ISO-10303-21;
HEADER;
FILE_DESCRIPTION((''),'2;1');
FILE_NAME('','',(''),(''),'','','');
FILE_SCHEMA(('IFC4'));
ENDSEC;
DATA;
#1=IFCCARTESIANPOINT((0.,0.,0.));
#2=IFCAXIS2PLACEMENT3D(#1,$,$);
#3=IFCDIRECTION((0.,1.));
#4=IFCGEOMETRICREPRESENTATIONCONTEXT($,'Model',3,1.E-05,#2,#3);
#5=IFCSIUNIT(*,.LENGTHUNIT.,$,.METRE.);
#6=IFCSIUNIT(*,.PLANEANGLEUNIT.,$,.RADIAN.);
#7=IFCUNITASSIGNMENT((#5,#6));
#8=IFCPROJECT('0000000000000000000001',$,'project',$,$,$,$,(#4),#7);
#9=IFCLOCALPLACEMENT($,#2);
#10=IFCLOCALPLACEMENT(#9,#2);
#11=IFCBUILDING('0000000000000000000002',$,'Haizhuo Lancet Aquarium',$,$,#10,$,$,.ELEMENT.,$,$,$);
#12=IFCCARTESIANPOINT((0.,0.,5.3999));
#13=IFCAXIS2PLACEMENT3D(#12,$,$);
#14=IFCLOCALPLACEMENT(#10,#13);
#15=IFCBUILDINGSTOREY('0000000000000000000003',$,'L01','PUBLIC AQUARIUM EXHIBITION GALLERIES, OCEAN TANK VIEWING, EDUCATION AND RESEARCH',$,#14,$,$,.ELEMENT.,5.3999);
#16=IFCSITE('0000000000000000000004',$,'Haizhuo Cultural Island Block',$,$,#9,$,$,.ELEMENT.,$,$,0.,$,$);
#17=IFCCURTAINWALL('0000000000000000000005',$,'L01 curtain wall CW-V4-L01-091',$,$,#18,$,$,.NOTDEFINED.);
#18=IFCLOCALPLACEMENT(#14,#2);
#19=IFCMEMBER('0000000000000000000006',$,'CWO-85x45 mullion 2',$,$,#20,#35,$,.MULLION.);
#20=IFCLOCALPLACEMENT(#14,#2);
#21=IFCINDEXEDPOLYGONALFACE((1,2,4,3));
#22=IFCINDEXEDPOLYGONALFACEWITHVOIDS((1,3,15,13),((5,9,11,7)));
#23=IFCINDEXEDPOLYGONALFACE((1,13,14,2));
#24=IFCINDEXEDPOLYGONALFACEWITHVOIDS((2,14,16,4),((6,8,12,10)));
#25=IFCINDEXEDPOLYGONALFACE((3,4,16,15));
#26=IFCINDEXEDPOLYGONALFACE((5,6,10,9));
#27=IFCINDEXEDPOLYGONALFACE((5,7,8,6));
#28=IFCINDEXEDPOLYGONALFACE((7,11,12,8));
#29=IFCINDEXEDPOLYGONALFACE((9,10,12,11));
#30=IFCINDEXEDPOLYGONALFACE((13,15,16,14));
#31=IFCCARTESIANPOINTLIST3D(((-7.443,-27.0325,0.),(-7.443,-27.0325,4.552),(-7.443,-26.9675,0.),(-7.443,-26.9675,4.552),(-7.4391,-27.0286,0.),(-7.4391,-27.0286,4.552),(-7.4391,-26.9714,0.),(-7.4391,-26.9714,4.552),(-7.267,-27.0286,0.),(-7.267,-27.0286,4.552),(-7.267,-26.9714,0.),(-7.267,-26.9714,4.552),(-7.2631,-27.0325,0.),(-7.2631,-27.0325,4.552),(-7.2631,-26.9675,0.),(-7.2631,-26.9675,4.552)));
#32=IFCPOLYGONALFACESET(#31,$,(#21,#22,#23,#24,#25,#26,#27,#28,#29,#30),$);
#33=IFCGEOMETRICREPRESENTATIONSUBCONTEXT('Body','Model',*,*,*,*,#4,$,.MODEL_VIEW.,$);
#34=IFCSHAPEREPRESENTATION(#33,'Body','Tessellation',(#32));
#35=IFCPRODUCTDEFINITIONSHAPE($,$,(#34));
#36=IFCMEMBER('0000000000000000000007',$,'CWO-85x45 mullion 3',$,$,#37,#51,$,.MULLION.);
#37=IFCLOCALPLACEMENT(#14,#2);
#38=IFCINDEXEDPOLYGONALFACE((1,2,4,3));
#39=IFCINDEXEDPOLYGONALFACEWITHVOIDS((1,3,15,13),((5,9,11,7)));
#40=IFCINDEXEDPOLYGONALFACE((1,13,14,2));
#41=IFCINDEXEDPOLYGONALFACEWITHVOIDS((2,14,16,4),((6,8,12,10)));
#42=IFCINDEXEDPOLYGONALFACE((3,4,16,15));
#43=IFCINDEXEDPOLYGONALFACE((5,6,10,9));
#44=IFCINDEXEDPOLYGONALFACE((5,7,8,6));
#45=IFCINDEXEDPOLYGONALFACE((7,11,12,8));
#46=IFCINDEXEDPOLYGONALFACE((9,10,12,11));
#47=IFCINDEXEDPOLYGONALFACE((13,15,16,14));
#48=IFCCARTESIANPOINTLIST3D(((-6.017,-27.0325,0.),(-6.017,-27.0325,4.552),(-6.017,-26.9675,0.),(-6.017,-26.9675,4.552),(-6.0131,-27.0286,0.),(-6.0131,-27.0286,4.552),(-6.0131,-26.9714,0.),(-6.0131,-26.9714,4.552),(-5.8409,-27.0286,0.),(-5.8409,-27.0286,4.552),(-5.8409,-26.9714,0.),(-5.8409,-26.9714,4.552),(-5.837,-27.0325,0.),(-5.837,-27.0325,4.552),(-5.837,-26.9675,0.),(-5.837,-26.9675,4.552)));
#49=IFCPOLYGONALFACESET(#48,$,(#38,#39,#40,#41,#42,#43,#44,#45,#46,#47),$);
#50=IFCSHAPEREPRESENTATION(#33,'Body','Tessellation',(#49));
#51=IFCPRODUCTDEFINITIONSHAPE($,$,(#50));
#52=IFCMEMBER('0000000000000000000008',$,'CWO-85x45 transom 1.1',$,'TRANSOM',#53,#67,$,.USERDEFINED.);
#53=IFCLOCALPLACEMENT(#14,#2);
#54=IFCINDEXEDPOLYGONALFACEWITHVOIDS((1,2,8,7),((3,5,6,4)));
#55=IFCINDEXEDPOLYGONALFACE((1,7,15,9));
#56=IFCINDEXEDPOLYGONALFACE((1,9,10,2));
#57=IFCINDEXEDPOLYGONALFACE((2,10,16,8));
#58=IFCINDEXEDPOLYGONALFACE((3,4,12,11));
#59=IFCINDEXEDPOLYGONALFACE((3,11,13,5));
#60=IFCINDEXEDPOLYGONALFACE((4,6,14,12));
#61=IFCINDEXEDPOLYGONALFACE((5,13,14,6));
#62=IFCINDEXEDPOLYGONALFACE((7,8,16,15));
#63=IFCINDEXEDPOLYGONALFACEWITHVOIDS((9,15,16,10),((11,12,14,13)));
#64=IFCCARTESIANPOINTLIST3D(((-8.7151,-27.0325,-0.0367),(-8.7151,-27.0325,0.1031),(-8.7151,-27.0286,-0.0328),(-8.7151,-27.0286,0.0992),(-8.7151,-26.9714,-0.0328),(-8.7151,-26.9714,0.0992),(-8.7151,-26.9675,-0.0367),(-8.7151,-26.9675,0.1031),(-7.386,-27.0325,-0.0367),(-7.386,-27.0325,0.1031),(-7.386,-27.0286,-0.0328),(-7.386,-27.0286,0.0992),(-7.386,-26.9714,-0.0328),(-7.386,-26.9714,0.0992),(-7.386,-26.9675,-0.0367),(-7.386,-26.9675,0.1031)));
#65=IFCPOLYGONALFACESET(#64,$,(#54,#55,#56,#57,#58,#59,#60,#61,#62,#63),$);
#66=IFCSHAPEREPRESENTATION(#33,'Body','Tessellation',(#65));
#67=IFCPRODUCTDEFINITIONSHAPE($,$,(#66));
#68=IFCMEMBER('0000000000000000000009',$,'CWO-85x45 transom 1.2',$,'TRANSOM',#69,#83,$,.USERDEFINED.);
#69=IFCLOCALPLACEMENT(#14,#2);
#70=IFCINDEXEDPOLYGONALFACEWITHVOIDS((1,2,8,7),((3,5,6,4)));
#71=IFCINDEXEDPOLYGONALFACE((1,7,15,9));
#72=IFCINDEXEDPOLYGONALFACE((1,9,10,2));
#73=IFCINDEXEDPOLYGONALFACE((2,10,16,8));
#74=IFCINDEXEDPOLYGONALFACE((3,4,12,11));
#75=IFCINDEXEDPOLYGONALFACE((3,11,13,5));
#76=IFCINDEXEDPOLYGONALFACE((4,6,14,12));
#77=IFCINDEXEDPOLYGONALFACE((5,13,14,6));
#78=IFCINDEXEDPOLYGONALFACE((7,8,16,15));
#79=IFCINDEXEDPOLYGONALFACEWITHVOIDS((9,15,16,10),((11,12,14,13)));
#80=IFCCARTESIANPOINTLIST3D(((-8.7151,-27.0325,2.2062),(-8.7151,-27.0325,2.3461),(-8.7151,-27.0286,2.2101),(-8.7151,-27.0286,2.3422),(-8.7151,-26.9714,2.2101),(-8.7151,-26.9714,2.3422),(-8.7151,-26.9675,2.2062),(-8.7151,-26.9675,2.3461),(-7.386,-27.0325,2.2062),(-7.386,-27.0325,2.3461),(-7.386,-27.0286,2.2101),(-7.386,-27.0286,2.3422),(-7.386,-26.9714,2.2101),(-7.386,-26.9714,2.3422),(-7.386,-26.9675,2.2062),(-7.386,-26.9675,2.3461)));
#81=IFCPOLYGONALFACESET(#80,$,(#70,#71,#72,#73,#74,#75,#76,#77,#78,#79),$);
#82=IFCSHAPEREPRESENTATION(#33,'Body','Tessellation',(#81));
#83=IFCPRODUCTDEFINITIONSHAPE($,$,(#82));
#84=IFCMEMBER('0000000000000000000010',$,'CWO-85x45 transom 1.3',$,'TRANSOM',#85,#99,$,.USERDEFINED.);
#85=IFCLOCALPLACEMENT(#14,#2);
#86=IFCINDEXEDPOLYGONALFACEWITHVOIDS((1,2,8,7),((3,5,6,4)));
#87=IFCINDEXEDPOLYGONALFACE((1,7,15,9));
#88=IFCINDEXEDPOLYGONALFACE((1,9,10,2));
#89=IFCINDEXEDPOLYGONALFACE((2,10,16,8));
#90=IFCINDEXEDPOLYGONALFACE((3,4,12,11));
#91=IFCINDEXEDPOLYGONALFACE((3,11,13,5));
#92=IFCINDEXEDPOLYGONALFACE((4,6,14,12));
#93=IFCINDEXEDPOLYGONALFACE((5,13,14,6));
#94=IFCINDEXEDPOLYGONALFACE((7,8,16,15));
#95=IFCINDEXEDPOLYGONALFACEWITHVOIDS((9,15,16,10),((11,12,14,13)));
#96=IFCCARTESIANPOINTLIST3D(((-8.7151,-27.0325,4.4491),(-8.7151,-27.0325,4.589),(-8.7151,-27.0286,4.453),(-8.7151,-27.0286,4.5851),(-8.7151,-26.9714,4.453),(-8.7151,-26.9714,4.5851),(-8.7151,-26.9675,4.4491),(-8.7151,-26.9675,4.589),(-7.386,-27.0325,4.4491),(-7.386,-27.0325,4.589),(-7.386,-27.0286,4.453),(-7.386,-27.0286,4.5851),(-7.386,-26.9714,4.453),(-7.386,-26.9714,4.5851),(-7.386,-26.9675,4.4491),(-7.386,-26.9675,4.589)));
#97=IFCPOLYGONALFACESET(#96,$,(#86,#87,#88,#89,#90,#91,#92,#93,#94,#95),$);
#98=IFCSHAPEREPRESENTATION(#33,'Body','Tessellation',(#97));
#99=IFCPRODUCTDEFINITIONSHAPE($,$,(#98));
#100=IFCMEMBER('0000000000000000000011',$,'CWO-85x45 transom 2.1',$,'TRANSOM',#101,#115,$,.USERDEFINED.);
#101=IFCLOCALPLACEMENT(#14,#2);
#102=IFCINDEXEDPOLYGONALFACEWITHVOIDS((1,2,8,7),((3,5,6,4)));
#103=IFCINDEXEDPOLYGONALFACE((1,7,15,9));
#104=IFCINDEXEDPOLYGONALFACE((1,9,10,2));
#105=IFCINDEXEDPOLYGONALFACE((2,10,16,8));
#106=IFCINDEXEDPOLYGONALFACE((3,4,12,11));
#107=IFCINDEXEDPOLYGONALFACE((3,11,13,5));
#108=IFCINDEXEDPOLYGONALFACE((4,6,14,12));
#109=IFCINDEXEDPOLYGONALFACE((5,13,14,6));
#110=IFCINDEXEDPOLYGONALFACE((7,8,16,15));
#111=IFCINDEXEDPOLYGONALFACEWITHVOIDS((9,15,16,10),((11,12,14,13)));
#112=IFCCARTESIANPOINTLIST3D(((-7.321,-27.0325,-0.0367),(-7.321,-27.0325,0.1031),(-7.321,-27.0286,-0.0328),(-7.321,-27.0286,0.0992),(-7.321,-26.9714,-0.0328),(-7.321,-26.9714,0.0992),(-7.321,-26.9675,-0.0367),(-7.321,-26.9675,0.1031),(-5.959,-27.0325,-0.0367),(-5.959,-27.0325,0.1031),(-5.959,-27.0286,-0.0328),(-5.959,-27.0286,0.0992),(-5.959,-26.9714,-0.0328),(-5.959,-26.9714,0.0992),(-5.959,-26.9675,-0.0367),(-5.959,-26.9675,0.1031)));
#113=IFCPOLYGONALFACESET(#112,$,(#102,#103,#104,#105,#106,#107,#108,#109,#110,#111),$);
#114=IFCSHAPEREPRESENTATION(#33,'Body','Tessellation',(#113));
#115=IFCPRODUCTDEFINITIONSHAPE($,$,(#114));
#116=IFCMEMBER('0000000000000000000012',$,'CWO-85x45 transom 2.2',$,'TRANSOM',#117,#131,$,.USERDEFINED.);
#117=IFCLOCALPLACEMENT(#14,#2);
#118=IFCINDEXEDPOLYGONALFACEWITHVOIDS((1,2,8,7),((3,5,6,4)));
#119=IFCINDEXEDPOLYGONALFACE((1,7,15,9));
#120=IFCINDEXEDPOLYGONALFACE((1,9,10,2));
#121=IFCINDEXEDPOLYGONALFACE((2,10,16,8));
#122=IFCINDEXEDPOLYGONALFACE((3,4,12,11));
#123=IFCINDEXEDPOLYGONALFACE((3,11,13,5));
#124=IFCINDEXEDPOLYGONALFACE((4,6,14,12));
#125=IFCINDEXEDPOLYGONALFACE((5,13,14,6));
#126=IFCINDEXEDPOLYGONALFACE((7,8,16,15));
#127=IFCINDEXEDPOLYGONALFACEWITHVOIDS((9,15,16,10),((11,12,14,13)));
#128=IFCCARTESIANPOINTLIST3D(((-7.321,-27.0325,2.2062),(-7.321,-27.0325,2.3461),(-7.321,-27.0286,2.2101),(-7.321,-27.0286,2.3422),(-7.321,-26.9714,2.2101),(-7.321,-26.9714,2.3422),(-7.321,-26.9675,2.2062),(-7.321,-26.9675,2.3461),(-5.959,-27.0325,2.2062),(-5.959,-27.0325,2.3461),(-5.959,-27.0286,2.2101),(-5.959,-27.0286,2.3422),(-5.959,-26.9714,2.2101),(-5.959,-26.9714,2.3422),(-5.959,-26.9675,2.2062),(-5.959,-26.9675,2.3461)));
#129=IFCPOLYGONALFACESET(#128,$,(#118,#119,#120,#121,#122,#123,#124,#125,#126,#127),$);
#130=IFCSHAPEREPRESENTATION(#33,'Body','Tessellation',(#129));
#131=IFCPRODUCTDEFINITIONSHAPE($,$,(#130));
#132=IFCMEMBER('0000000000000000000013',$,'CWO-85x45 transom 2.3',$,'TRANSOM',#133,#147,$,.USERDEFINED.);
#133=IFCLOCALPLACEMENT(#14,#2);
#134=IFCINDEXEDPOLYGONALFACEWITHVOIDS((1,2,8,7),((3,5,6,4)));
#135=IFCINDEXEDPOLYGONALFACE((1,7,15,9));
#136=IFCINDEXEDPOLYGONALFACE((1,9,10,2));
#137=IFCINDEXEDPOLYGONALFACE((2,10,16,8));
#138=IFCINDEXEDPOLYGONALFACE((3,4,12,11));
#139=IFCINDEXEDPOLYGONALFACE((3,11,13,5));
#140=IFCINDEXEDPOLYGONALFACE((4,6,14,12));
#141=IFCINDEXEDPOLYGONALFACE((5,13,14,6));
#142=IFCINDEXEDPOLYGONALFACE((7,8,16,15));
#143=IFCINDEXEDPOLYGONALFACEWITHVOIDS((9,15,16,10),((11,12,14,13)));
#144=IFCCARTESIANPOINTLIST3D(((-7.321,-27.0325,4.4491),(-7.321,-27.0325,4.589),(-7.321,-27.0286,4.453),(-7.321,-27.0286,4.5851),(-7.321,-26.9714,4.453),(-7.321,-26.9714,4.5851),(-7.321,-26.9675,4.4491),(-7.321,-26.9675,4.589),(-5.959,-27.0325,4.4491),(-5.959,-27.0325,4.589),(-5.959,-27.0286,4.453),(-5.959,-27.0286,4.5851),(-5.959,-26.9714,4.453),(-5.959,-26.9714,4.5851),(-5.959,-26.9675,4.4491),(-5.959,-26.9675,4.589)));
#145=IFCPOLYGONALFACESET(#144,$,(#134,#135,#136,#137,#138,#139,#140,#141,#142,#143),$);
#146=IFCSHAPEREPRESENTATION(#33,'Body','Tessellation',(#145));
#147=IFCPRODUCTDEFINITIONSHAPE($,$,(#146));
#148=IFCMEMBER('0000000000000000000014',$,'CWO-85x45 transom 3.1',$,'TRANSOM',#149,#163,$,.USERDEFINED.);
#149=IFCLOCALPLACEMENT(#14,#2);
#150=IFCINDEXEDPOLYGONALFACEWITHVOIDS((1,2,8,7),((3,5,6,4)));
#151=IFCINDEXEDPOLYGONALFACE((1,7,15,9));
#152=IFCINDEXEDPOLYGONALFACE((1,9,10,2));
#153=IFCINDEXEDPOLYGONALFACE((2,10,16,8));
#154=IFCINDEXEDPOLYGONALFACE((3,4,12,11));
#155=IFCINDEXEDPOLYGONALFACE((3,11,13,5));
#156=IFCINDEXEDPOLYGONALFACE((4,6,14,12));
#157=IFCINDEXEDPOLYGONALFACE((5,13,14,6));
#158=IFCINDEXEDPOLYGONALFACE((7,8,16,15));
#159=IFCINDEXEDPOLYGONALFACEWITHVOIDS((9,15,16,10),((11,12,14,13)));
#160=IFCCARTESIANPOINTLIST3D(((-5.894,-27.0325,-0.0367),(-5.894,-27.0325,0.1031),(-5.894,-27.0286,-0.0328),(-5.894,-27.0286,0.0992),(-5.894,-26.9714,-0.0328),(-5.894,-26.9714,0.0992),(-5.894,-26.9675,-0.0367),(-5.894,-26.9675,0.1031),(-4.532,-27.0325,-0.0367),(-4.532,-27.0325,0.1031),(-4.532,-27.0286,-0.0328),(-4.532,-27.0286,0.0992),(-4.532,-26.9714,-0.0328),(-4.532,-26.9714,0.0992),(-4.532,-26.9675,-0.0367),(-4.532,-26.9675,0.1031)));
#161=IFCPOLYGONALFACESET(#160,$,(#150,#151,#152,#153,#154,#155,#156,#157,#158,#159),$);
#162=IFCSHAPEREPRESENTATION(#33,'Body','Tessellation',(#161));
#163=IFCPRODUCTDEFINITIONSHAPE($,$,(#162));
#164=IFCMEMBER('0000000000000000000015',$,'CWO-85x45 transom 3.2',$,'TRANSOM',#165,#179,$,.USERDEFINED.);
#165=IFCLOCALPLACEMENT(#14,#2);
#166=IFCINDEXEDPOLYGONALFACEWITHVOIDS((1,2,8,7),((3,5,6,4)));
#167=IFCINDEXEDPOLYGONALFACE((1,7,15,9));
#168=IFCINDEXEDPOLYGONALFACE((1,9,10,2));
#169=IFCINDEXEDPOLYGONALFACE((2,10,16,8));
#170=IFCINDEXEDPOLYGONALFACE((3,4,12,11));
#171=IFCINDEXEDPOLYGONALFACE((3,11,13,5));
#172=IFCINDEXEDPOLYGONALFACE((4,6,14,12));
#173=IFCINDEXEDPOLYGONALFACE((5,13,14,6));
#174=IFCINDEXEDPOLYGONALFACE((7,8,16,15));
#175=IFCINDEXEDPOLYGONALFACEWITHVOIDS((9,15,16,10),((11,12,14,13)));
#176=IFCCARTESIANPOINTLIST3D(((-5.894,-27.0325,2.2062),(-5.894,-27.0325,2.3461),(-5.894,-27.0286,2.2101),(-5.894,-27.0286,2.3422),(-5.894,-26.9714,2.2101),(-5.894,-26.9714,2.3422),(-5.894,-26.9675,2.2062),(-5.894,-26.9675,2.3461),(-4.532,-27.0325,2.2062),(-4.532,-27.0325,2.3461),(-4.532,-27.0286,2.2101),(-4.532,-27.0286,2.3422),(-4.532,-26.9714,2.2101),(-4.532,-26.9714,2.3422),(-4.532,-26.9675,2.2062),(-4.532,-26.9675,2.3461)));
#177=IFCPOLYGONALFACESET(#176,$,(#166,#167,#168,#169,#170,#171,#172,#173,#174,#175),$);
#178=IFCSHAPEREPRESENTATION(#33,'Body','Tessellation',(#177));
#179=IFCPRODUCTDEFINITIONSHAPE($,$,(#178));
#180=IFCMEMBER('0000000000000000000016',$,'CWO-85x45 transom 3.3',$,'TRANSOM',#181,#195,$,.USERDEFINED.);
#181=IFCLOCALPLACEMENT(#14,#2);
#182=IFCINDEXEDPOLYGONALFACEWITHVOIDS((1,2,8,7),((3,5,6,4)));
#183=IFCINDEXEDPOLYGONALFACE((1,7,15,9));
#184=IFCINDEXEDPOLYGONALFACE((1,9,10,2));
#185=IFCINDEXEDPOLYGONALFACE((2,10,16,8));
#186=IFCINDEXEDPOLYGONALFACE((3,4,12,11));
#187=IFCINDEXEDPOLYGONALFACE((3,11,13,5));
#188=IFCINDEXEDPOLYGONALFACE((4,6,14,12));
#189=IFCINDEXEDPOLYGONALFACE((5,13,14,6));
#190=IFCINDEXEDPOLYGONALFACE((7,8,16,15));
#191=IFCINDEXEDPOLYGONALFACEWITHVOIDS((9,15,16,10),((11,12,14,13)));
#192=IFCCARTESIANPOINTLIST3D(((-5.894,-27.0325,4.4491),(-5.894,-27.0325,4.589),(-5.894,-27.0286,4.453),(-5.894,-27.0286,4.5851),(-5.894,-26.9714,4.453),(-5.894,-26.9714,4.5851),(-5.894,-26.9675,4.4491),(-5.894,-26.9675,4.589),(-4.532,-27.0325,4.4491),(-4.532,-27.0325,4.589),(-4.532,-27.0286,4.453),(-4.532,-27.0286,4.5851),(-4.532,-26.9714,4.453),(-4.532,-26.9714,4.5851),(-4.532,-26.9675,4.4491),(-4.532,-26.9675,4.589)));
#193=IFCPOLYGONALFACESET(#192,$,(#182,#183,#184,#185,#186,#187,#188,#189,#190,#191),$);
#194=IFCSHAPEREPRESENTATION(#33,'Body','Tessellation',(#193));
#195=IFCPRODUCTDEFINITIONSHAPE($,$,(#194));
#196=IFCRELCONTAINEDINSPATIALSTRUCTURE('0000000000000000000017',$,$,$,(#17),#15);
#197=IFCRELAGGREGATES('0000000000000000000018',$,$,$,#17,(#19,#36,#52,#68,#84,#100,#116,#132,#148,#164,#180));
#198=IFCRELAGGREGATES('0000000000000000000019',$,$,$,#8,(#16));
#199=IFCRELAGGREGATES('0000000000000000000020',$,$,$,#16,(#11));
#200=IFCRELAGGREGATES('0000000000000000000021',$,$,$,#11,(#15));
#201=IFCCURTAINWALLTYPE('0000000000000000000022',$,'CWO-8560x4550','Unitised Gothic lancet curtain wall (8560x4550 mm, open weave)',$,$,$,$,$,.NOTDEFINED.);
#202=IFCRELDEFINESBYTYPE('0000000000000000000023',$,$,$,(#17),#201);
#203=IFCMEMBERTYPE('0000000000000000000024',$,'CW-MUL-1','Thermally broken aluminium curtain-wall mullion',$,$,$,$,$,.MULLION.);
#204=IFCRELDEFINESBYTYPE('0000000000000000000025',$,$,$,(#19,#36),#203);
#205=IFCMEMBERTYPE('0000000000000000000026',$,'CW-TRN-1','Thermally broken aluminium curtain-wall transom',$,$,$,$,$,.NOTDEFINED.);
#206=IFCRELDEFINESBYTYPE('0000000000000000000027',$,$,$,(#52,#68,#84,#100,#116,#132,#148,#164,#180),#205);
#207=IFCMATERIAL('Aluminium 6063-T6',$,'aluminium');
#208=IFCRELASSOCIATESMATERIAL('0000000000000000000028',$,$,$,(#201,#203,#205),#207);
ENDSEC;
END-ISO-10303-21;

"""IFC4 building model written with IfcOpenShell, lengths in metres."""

from ifc_helpers import new_model, si_unit, direction, frame, origin, origin_2d, place, context, subcontext, project, spatial, hollow_rectangle, extrude, material, material_profile, profile_set, type_object, element, aggregate, save


model = new_model("IFC4")

# Units and contexts
model_context = context("Model", 3, precision=1e-05, world=origin(), true_north=direction((0.0, 1.0)))
body_context = subcontext(model_context, "Body", "Model", "MODEL_VIEW")
ifc_project = project(units=[si_unit("LENGTHUNIT", "METRE"), si_unit("PLANEANGLEUNIT", "RADIAN")], contexts=[model_context])

# Site, building, storey
site_placement = place(None, origin())
site = spatial("IfcSite", under=ifc_project, at=site_placement, Name="Haizhuo Cultural Island Block", CompositionType="ELEMENT", RefElevation=0.0)
building_placement = place(site_placement, origin())
building = spatial("IfcBuilding", under=site, at=building_placement, Name="Haizhuo Lancet Aquarium", CompositionType="ELEMENT")
storey_placement = place(building_placement, frame((0.0, 0.0, 5.3999)))
storey = spatial("IfcBuildingStorey", under=building, at=storey_placement, Name="L01", Description="PUBLIC AQUARIUM EXHIBITION GALLERIES, OCEAN TANK VIEWING, EDUCATION AND RESEARCH", CompositionType="ELEMENT", Elevation=5.3999)

# Curtain wall, members
ifc_material_1 = material(Name="Aluminium 6063-T6", Category="aluminium")
curtain_wall_type = type_object("IfcCurtainWallType", Name="CWO-8560x4550", Description="Unitised Gothic lancet curtain wall (8560x4550 mm, open weave)", PredefinedType="NOTDEFINED", material=ifc_material_1)
curtain_wall_placement = place(storey_placement, origin())
curtain_wall = element("IfcCurtainWall", 1, at=curtain_wall_placement, inside=storey, type_object=curtain_wall_type, Name="L01 curtain wall CW-V4-L01-091", PredefinedType="NOTDEFINED")
ifc_material_profile_1 = material_profile(ifc_material_1, hollow_rectangle(XDim=0.0649, YDim=0.1799, WallThickness=0.0039, at=origin_2d()), Name="ALU-M 65x180x4")
ifc_profile_set_1 = profile_set([ifc_material_profile_1], Name="Aluminium 6063-T6")
member_type_1 = type_object("IfcMemberType", Name="CW-MUL-1", Description="Thermally broken aluminium curtain-wall mullion", PredefinedType="MULLION", material=ifc_profile_set_1)
member_1_placement = place(storey_placement, frame((-7.353, -27.0, 0.0), z_axis=(0.0, 0.0, 1.0), x_axis=(0.0, 1.0, 0.0)))
member_1 = element("IfcMember", 2, at=member_1_placement, type_object=member_type_1, Name="CWO-85x45 mullion 2", PredefinedType="MULLION", context=body_context, shape_type="SweptSolid", body=[
    extrude(hollow_rectangle(XDim=0.0649, YDim=0.1799, WallThickness=0.0039, at=origin_2d()), origin(), (0.0, 0.0, 1.0), 4.552),
])
member_2_placement = place(storey_placement, frame((-5.927, -27.0, 0.0), z_axis=(0.0, 0.0, 1.0), x_axis=(0.0, 1.0, 0.0)))
member_2 = element("IfcMember", 3, at=member_2_placement, type_object=member_type_1, Name="CWO-85x45 mullion 3", PredefinedType="MULLION", context=body_context, shape_type="SweptSolid", body=[
    extrude(hollow_rectangle(XDim=0.0649, YDim=0.1799, WallThickness=0.0039, at=origin_2d()), origin(), (0.0, 0.0, 1.0), 4.552),
])
ifc_material_profile_2 = material_profile(ifc_material_1, hollow_rectangle(XDim=0.0649, YDim=0.1399, WallThickness=0.0039, at=origin_2d()), Name="ALU-T 65x140x4")
ifc_profile_set_2 = profile_set([ifc_material_profile_2], Name="Aluminium 6063-T6")
member_type_2 = type_object("IfcMemberType", Name="CW-TRN-1", Description="Thermally broken aluminium curtain-wall transom", PredefinedType="NOTDEFINED", material=ifc_profile_set_2)
member_3_placement = place(storey_placement, frame((-8.7151, -27.0, 0.0332), z_axis=(1.0, 0.0, 0.0), x_axis=(0.0, 1.0, 0.0)))
member_3 = element("IfcMember", 4, at=member_3_placement, type_object=member_type_2, Name="CWO-85x45 transom 1.1", ObjectType="TRANSOM", PredefinedType="USERDEFINED", context=body_context, shape_type="SweptSolid", body=[
    extrude(hollow_rectangle(XDim=0.0649, YDim=0.1399, WallThickness=0.0039, at=origin_2d()), origin(), (0.0, 0.0, 1.0), 1.3291),
])
member_4_placement = place(storey_placement, frame((-8.7151, -27.0, 2.2761), z_axis=(1.0, 0.0, 0.0), x_axis=(0.0, 1.0, 0.0)))
member_4 = element("IfcMember", 5, at=member_4_placement, type_object=member_type_2, Name="CWO-85x45 transom 1.2", ObjectType="TRANSOM", PredefinedType="USERDEFINED", context=body_context, shape_type="SweptSolid", body=[
    extrude(hollow_rectangle(XDim=0.0649, YDim=0.1399, WallThickness=0.0039, at=origin_2d()), origin(), (0.0, 0.0, 1.0), 1.3291),
])
member_5_placement = place(storey_placement, frame((-8.7151, -27.0, 4.519), z_axis=(1.0, 0.0, 0.0), x_axis=(0.0, 1.0, 0.0)))
member_5 = element("IfcMember", 6, at=member_5_placement, type_object=member_type_2, Name="CWO-85x45 transom 1.3", ObjectType="TRANSOM", PredefinedType="USERDEFINED", context=body_context, shape_type="SweptSolid", body=[
    extrude(hollow_rectangle(XDim=0.0649, YDim=0.1399, WallThickness=0.0039, at=origin_2d()), origin(), (0.0, 0.0, 1.0), 1.3291),
])
member_6_placement = place(storey_placement, frame((-7.321, -27.0, 0.0332), z_axis=(1.0, 0.0, 0.0), x_axis=(0.0, 1.0, 0.0)))
member_6 = element("IfcMember", 7, at=member_6_placement, type_object=member_type_2, Name="CWO-85x45 transom 2.1", ObjectType="TRANSOM", PredefinedType="USERDEFINED", context=body_context, shape_type="SweptSolid", body=[
    extrude(hollow_rectangle(XDim=0.0649, YDim=0.1399, WallThickness=0.0039, at=origin_2d()), origin(), (0.0, 0.0, 1.0), 1.3621),
])
member_7_placement = place(storey_placement, frame((-7.321, -27.0, 2.2761), z_axis=(1.0, 0.0, 0.0), x_axis=(0.0, 1.0, 0.0)))
member_7 = element("IfcMember", 8, at=member_7_placement, type_object=member_type_2, Name="CWO-85x45 transom 2.2", ObjectType="TRANSOM", PredefinedType="USERDEFINED", context=body_context, shape_type="SweptSolid", body=[
    extrude(hollow_rectangle(XDim=0.0649, YDim=0.1399, WallThickness=0.0039, at=origin_2d()), origin(), (0.0, 0.0, 1.0), 1.3621),
])
member_8_placement = place(storey_placement, frame((-7.321, -27.0, 4.519), z_axis=(1.0, 0.0, 0.0), x_axis=(0.0, 1.0, 0.0)))
member_8 = element("IfcMember", 9, at=member_8_placement, type_object=member_type_2, Name="CWO-85x45 transom 2.3", ObjectType="TRANSOM", PredefinedType="USERDEFINED", context=body_context, shape_type="SweptSolid", body=[
    extrude(hollow_rectangle(XDim=0.0649, YDim=0.1399, WallThickness=0.0039, at=origin_2d()), origin(), (0.0, 0.0, 1.0), 1.3621),
])
member_9_placement = place(storey_placement, frame((-5.894, -27.0, 0.0332), z_axis=(1.0, 0.0, 0.0), x_axis=(0.0, 1.0, 0.0)))
member_9 = element("IfcMember", 10, at=member_9_placement, type_object=member_type_2, Name="CWO-85x45 transom 3.1", ObjectType="TRANSOM", PredefinedType="USERDEFINED", context=body_context, shape_type="SweptSolid", body=[
    extrude(hollow_rectangle(XDim=0.0649, YDim=0.1399, WallThickness=0.0039, at=origin_2d()), origin(), (0.0, 0.0, 1.0), 1.3621),
])
member_10_placement = place(storey_placement, frame((-5.894, -27.0, 2.2761), z_axis=(1.0, 0.0, 0.0), x_axis=(0.0, 1.0, 0.0)))
member_10 = element("IfcMember", 11, at=member_10_placement, type_object=member_type_2, Name="CWO-85x45 transom 3.2", ObjectType="TRANSOM", PredefinedType="USERDEFINED", context=body_context, shape_type="SweptSolid", body=[
    extrude(hollow_rectangle(XDim=0.0649, YDim=0.1399, WallThickness=0.0039, at=origin_2d()), origin(), (0.0, 0.0, 1.0), 1.3621),
])
member_11_placement = place(storey_placement, frame((-5.894, -27.0, 4.519), z_axis=(1.0, 0.0, 0.0), x_axis=(0.0, 1.0, 0.0)))
member_11 = element("IfcMember", 12, at=member_11_placement, type_object=member_type_2, Name="CWO-85x45 transom 3.3", ObjectType="TRANSOM", PredefinedType="USERDEFINED", context=body_context, shape_type="SweptSolid", body=[
    extrude(hollow_rectangle(XDim=0.0649, YDim=0.1399, WallThickness=0.0039, at=origin_2d()), origin(), (0.0, 0.0, 1.0), 1.3621),
])

aggregate(curtain_wall, [member_1, member_2, member_3, member_4, member_5, member_6, member_7, member_8, member_9, member_10, member_11])

save(model, "model.ifc")
